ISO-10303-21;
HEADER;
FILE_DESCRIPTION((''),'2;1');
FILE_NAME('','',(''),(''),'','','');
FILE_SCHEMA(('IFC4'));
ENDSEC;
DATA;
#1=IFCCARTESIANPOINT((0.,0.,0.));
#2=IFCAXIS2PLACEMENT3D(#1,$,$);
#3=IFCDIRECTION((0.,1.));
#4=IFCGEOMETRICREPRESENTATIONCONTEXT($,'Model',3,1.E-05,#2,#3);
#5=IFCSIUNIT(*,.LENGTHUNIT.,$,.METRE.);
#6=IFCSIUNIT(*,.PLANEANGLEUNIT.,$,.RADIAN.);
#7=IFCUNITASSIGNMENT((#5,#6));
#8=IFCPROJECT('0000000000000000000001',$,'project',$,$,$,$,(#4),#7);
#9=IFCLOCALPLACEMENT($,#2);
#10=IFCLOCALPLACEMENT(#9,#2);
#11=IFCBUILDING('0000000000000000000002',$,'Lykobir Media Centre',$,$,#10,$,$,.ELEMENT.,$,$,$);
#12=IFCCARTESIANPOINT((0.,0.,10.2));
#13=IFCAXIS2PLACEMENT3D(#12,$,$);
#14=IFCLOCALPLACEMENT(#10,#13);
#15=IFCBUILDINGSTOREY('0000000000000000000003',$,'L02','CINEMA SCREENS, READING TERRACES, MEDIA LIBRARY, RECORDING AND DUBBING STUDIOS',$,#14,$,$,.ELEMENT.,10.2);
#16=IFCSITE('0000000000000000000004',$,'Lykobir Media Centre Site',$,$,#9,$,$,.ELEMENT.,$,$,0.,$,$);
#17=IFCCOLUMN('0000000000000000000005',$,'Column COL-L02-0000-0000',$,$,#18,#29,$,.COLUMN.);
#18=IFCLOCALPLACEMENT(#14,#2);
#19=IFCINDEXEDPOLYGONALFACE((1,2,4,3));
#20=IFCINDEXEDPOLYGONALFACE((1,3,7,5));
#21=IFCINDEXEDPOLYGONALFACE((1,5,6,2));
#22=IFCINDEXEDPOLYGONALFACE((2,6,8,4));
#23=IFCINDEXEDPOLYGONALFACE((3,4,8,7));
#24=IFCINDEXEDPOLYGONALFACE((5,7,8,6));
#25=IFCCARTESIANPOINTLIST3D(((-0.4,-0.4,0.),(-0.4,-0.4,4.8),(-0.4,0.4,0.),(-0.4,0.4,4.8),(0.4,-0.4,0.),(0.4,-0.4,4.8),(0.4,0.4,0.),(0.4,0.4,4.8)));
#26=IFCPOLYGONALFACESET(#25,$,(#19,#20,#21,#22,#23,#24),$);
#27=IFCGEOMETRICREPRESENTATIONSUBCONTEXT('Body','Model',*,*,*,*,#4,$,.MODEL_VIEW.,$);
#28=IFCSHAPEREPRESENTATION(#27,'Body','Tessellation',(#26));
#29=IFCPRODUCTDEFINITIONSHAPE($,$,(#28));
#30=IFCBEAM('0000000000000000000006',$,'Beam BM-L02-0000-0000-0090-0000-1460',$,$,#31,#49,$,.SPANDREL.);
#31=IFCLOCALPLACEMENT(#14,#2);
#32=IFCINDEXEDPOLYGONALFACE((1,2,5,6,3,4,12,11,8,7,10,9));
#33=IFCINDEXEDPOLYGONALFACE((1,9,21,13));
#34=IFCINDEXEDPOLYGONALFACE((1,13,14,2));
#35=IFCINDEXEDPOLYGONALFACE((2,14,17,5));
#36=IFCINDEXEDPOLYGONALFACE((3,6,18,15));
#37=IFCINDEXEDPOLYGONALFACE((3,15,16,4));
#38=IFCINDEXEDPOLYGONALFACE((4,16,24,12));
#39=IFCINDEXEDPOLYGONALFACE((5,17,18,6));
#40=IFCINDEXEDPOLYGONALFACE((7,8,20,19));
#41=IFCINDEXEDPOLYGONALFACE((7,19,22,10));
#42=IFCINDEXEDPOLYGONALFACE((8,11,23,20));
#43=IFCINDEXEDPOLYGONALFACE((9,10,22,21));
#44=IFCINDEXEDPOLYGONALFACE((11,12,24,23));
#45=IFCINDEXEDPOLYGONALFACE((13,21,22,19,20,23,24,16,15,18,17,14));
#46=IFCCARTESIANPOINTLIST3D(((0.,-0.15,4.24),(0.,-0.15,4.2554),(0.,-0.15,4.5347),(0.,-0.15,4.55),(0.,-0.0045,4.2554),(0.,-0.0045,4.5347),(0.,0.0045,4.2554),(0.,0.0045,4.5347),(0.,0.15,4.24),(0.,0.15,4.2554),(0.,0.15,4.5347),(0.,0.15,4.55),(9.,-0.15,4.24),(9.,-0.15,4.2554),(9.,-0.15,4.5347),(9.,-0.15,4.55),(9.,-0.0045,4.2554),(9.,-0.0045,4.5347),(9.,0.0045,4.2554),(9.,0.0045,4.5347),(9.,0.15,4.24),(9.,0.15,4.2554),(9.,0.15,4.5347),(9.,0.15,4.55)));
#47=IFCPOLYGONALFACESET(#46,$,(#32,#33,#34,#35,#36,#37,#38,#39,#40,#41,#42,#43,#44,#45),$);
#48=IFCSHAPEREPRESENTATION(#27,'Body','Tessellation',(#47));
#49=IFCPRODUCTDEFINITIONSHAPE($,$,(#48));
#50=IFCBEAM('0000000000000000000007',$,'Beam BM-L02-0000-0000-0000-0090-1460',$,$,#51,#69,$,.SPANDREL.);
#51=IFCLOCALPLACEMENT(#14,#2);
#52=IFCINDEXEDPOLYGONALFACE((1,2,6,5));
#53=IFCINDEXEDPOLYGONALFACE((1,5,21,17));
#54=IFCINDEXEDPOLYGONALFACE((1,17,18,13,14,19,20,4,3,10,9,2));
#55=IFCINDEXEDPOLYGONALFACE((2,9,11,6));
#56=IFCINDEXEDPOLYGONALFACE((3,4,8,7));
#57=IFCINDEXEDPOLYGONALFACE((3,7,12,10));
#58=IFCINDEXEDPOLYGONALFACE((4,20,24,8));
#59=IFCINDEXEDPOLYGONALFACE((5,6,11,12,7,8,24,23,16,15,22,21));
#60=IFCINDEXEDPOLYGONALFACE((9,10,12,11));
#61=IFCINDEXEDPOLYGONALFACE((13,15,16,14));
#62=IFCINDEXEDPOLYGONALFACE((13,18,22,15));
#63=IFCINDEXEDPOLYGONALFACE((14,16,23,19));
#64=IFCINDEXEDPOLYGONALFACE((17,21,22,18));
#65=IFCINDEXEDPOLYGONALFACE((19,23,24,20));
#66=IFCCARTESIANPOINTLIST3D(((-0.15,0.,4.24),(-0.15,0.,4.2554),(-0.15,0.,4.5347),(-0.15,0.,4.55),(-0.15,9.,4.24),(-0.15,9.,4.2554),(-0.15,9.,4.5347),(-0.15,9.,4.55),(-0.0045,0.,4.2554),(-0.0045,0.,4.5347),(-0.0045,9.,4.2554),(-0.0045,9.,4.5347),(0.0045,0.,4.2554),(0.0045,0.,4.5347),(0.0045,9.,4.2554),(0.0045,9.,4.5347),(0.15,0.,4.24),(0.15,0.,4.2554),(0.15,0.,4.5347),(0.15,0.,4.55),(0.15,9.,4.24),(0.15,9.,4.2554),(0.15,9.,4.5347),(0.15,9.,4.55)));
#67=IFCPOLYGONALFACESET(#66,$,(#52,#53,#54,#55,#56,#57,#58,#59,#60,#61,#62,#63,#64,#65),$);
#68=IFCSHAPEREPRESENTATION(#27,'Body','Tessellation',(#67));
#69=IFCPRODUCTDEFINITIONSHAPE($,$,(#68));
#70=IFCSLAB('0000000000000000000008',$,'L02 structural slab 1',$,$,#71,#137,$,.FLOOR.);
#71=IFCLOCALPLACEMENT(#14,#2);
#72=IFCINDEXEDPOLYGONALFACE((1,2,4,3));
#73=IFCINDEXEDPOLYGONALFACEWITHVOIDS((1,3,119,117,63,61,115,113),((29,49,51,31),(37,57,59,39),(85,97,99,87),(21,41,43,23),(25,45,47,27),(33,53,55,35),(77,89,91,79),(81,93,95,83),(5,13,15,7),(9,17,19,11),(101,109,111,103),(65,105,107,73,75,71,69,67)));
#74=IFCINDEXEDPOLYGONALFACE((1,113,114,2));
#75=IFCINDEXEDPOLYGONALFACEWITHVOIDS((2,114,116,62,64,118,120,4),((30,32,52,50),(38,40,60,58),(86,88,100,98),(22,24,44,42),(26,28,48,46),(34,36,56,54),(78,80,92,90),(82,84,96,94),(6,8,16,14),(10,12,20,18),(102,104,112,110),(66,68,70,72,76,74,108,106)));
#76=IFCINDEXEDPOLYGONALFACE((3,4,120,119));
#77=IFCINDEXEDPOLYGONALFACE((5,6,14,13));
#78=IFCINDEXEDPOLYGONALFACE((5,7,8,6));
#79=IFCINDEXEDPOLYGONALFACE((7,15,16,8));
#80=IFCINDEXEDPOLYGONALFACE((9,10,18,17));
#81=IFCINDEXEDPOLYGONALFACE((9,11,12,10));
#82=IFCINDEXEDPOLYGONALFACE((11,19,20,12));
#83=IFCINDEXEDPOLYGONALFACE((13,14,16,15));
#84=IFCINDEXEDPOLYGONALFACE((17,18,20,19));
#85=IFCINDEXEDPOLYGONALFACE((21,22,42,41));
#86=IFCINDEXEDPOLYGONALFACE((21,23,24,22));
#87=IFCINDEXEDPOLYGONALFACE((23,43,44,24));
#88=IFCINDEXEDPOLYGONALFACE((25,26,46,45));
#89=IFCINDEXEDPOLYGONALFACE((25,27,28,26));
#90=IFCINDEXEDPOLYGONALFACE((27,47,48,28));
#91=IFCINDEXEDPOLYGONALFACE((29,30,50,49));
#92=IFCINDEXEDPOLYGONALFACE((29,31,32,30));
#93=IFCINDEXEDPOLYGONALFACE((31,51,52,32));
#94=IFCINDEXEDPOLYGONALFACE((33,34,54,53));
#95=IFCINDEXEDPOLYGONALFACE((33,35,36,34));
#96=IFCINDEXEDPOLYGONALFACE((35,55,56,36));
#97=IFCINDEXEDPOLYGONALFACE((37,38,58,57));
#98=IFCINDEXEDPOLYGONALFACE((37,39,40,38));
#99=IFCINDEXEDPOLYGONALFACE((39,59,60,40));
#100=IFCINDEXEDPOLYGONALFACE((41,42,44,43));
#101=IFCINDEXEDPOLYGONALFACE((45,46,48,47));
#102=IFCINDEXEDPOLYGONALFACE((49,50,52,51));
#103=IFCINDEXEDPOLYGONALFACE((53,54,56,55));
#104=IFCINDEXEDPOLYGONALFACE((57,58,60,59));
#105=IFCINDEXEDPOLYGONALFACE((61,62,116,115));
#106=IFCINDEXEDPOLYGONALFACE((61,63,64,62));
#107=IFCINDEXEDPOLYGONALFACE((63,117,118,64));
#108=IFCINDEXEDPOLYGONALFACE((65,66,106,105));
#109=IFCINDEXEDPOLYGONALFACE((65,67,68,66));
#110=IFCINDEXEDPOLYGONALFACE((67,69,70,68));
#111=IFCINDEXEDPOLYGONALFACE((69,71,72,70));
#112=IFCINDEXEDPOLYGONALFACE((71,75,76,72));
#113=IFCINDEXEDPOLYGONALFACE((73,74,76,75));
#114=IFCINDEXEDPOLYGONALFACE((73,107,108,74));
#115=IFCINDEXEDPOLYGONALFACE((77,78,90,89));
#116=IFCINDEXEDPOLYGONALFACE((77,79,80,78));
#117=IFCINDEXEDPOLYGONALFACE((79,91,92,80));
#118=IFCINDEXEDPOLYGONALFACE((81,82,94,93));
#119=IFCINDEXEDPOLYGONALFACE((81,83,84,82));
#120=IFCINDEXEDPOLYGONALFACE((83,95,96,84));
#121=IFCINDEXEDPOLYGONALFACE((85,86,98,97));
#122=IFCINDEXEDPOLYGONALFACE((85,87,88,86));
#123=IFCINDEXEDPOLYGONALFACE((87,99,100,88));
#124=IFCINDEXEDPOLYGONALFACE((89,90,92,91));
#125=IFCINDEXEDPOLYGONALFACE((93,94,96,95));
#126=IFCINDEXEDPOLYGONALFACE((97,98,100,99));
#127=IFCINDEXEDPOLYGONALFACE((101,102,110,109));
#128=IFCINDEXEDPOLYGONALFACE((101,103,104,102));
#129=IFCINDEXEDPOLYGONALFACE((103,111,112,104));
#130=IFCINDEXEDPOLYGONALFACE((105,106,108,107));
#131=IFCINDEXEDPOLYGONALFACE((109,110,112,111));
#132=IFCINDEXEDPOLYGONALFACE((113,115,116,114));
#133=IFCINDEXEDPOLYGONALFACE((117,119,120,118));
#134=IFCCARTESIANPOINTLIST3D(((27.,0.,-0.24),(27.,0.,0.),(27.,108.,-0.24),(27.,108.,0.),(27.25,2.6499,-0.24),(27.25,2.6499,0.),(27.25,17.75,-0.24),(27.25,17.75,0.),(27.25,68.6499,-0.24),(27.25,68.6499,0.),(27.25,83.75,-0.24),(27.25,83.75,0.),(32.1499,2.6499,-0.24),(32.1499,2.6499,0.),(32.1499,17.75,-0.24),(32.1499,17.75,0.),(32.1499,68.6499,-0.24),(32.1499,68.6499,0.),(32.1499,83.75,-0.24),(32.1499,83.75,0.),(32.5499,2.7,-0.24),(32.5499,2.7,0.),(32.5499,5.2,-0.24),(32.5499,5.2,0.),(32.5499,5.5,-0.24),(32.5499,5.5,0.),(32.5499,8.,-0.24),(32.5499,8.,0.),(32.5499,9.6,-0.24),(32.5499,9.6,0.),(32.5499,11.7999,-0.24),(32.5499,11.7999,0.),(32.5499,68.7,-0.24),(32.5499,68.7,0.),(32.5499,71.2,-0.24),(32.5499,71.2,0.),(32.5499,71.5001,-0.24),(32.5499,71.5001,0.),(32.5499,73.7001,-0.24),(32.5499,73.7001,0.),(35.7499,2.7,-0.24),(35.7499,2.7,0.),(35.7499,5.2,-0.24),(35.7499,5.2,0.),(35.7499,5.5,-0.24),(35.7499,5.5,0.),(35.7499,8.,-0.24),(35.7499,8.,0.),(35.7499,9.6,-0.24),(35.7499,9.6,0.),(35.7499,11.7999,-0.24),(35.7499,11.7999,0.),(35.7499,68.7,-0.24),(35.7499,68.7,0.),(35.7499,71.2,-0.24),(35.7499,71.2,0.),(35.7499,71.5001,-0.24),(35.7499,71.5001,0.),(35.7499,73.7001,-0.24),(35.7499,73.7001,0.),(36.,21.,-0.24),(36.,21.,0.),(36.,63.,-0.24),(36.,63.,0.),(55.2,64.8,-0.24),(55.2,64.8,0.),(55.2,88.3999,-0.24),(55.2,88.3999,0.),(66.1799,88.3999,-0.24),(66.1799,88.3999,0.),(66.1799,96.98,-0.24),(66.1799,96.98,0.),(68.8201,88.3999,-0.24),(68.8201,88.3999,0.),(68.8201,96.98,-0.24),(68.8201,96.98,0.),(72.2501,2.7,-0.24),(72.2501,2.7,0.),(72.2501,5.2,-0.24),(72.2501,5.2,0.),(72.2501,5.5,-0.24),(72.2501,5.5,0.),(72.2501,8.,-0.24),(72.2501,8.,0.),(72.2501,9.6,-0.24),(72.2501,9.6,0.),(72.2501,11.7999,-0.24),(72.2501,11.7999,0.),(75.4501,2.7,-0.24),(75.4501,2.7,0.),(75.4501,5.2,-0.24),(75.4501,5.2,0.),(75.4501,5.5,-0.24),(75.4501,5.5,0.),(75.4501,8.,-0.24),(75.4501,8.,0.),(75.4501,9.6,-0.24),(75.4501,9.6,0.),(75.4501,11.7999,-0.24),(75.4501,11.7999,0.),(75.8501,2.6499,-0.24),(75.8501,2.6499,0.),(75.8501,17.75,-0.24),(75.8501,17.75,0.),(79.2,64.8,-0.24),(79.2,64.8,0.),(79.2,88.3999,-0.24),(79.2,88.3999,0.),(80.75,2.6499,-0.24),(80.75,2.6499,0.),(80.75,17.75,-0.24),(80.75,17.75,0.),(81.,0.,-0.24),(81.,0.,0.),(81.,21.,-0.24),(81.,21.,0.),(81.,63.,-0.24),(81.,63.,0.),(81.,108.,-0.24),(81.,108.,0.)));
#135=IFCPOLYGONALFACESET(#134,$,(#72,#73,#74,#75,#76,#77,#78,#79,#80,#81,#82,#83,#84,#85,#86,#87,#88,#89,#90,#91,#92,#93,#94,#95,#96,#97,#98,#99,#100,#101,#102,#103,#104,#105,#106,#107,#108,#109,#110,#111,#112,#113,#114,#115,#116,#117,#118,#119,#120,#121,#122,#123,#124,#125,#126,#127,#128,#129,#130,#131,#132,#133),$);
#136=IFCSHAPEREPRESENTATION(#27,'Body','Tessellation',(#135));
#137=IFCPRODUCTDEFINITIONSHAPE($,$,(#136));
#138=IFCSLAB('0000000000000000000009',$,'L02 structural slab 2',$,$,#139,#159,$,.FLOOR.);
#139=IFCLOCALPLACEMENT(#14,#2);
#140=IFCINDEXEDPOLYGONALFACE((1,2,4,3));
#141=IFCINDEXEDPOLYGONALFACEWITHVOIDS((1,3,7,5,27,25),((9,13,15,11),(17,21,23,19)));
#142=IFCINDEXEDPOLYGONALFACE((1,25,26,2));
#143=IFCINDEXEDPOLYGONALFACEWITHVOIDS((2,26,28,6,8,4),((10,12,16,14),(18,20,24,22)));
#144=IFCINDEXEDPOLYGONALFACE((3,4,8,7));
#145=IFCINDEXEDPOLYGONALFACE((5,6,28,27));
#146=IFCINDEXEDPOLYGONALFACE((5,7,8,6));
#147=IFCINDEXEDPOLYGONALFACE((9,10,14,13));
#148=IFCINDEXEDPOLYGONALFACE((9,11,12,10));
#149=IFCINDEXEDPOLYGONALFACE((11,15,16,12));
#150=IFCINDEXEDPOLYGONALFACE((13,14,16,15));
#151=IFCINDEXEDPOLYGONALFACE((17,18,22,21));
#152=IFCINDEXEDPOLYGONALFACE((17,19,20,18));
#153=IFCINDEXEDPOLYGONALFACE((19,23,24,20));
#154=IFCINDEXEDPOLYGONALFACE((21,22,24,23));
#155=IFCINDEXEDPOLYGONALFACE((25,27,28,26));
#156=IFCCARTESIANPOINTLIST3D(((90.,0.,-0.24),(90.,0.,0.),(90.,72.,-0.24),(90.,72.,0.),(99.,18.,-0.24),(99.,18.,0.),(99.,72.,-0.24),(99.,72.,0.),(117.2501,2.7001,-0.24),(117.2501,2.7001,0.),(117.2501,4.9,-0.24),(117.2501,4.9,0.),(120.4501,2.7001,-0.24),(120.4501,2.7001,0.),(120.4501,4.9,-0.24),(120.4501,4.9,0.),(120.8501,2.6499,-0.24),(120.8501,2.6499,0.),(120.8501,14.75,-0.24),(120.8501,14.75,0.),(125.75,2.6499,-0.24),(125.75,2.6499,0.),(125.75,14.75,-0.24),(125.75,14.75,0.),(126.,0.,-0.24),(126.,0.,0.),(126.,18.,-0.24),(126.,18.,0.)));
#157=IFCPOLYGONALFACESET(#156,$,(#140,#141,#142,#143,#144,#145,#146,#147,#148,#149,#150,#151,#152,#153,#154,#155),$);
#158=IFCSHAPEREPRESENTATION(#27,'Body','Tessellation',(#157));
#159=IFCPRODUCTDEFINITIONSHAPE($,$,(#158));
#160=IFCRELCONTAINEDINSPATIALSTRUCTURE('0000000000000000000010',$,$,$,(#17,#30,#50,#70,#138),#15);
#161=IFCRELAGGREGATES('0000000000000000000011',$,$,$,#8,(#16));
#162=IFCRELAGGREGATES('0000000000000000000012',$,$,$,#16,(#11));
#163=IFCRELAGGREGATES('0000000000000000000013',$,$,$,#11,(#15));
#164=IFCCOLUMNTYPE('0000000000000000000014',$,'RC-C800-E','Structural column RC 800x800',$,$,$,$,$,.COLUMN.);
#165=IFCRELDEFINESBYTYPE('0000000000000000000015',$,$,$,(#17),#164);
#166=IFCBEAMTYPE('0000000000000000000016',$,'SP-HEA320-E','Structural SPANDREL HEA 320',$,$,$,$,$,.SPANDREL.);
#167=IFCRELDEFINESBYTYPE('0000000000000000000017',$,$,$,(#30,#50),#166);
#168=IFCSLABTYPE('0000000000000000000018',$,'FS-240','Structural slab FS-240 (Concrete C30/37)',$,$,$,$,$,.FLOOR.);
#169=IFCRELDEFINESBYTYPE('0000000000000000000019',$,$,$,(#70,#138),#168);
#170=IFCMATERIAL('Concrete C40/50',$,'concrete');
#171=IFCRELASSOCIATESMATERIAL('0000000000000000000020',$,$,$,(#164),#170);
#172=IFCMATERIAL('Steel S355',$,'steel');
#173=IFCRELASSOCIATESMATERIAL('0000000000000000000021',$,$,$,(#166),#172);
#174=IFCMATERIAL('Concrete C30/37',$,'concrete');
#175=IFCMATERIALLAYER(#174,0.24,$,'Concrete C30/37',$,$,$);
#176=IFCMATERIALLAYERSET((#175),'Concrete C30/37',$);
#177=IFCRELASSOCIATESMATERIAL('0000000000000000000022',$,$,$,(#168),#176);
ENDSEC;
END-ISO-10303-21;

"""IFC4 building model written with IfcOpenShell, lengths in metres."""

from ifc_helpers import new_model, si_unit, direction, frame, origin, origin_with_axes, origin_2d, place, context, subcontext, project, spatial, polyline, rectangle, i_section, outline, extrude, material, layer, layer_set, material_profile, profile_set, type_object, element, save


model = new_model("IFC4")

# Units and contexts
model_context = context("Model", 3, precision=1e-05, world=origin(), true_north=direction((0.0, 1.0)))
body_context = subcontext(model_context, "Body", "Model", "MODEL_VIEW")
ifc_project = project(units=[si_unit("LENGTHUNIT", "METRE"), si_unit("PLANEANGLEUNIT", "RADIAN")], contexts=[model_context])

# Site, building, storey
site_placement = place(None, origin())
site = spatial("IfcSite", under=ifc_project, at=site_placement, Name="Lykobir Media Centre Site", CompositionType="ELEMENT", RefElevation=0.0)
building_placement = place(site_placement, origin())
building = spatial("IfcBuilding", under=site, at=building_placement, Name="Lykobir Media Centre", CompositionType="ELEMENT")
storey_placement = place(building_placement, frame((0.0, 0.0, 10.2)))
storey = spatial("IfcBuildingStorey", under=building, at=storey_placement, Name="L02", Description="CINEMA SCREENS, READING TERRACES, MEDIA LIBRARY, RECORDING AND DUBBING STUDIOS", CompositionType="ELEMENT", Elevation=10.2)

# Column
ifc_material_1 = material(Name="Concrete C40/50", Category="concrete")
ifc_material_profile_1 = material_profile(ifc_material_1, rectangle(XDim=0.8, YDim=0.8, at=origin_2d()), Name="RC 800x800")
ifc_profile_set_1 = profile_set([ifc_material_profile_1], Name="Concrete C40/50")
column_type = type_object("IfcColumnType", Name="RC-C800-E", Description="Structural column RC 800x800", PredefinedType="COLUMN", material=ifc_profile_set_1)
column_placement = place(storey_placement, origin_with_axes())
element("IfcColumn", 1, at=column_placement, inside=storey, type_object=column_type, Name="Column COL-L02-0000-0000", PredefinedType="COLUMN", context=body_context, shape_type="SweptSolid", body=[
    extrude(rectangle(XDim=0.8, YDim=0.8, at=origin_2d()), origin(), (0.0, 0.0, 1.0), 4.8),
])

# Beams
ifc_material_2 = material(Name="Steel S355", Category="steel")
ifc_material_profile_2 = material_profile(ifc_material_2, i_section(OverallWidth=0.3, OverallDepth=0.3101, WebThickness=0.009, FlangeThickness=0.0154, at=origin_2d()), Name="HEA 320")
ifc_profile_set_2 = profile_set([ifc_material_profile_2], Name="Steel S355")
beam_type = type_object("IfcBeamType", Name="SP-HEA320-E", Description="Structural SPANDREL HEA 320", PredefinedType="SPANDREL", material=ifc_profile_set_2)
for number, where, z_axis, x_axis, name in (
    (2, (0.0, 0.0, 4.395), (1.0, 0.0, 0.0), (0.0, 1.0, 0.0), "Beam BM-L02-0000-0000-0090-0000-1460"),
    (3, (0.0, 0.0, 4.395), (0.0, 1.0, 0.0), (-1.0, 0.0, 0.0), "Beam BM-L02-0000-0000-0000-0090-1460"),
):
    element("IfcBeam", number, at=place(storey_placement, frame(where, z_axis=z_axis, x_axis=x_axis)), inside=storey, type_object=beam_type, Name=name, PredefinedType="SPANDREL", context=body_context, shape_type="SweptSolid", body=[
        extrude(i_section(OverallWidth=0.3, OverallDepth=0.3101, WebThickness=0.009, FlangeThickness=0.0154, at=origin_2d()), origin(), (0.0, 0.0, 1.0), 9.0),
    ])

# Slab, openings
ifc_material_3 = material(Name="Concrete C30/37", Category="concrete")
ifc_layer_1 = layer(ifc_material_3, 0.24, Name="Concrete C30/37")
ifc_layer_set_1 = layer_set([ifc_layer_1], Name="Concrete C30/37")
slab_type_1 = type_object("IfcSlabType", Name="FS-240", Description="Structural slab FS-240 (Concrete C30/37)", PredefinedType="FLOOR", material=ifc_layer_set_1)
slab_1_placement = place(storey_placement, frame((0.0, 0.0, -0.24)))
slab_1 = element("IfcSlab", 4, at=slab_1_placement, inside=storey, type_object=slab_type_1, Name="L02 structural slab 1", PredefinedType="FLOOR", context=body_context, shape_type="SweptSolid", body=[
    extrude(outline(polyline([(36.0, 63.0), (81.0, 63.0), (81.0, 108.0), (27.0, 108.0), (27.0, 63.0), (27.0, 21.0), (27.0, 0.0), (81.0, 0.0), (81.0, 21.0), (36.0, 21.0), (36.0, 63.0)]), holes=[polyline([(32.1499, 2.6499), (27.25, 2.6499), (27.25, 17.75), (32.1499, 17.75), (32.1499, 2.6499)]), polyline([(80.75, 2.6499), (75.8501, 2.6499), (75.8501, 17.75), (80.75, 17.75), (80.75, 2.6499)]), polyline([(32.1499, 68.6499), (27.25, 68.6499), (27.25, 83.75), (32.1499, 83.75), (32.1499, 68.6499)]), polyline([(79.2, 64.8), (55.2, 64.8), (55.2, 88.3999), (66.1799, 88.3999), (66.1799, 96.98), (68.8201, 96.98), (68.8201, 88.3999), (79.2, 88.3999), (79.2, 64.8)])]), origin(), (0.0, 0.0, 1.0), 0.24),
])
opening_1_placement = place(slab_1_placement, frame((34.1499, 3.95, 0.0)))
element("IfcOpeningElement", 5, at=opening_1_placement, cuts=slab_1, PredefinedType="OPENING", context=body_context, shape_type="SweptSolid", body=[
    extrude(rectangle(XDim=3.2, YDim=2.5, at=origin_2d()), origin(), (0.0, 0.0, 1.0), 0.24),
])
opening_2_placement = place(slab_1_placement, frame((34.1499, 6.75, 0.0)))
element("IfcOpeningElement", 6, at=opening_2_placement, cuts=slab_1, PredefinedType="OPENING", context=body_context, shape_type="SweptSolid", body=[
    extrude(rectangle(XDim=3.2, YDim=2.5, at=origin_2d()), origin(), (0.0, 0.0, 1.0), 0.24),
])
opening_3_placement = place(slab_1_placement, frame((34.1499, 10.7, 0.0)))
element("IfcOpeningElement", 7, at=opening_3_placement, cuts=slab_1, PredefinedType="OPENING", context=body_context, shape_type="SweptSolid", body=[
    extrude(rectangle(XDim=3.2, YDim=2.2, at=origin_2d()), origin(), (0.0, 0.0, 1.0), 0.24),
])
opening_4_placement = place(slab_1_placement, frame((73.8501, 3.95, 0.0)))
element("IfcOpeningElement", 8, at=opening_4_placement, cuts=slab_1, PredefinedType="OPENING", context=body_context, shape_type="SweptSolid", body=[
    extrude(rectangle(XDim=3.2, YDim=2.5, at=origin_2d()), origin(), (0.0, 0.0, 1.0), 0.24),
])
opening_5_placement = place(slab_1_placement, frame((73.8501, 6.75, 0.0)))
element("IfcOpeningElement", 9, at=opening_5_placement, cuts=slab_1, PredefinedType="OPENING", context=body_context, shape_type="SweptSolid", body=[
    extrude(rectangle(XDim=3.2, YDim=2.5, at=origin_2d()), origin(), (0.0, 0.0, 1.0), 0.24),
])
opening_6_placement = place(slab_1_placement, frame((73.8501, 10.7, 0.0)))
element("IfcOpeningElement", 10, at=opening_6_placement, cuts=slab_1, PredefinedType="OPENING", context=body_context, shape_type="SweptSolid", body=[
    extrude(rectangle(XDim=3.2, YDim=2.2, at=origin_2d()), origin(), (0.0, 0.0, 1.0), 0.24),
])
opening_7_placement = place(slab_1_placement, frame((34.1499, 69.95, 0.0)))
element("IfcOpeningElement", 11, at=opening_7_placement, cuts=slab_1, PredefinedType="OPENING", context=body_context, shape_type="SweptSolid", body=[
    extrude(rectangle(XDim=3.2, YDim=2.5, at=origin_2d()), origin(), (0.0, 0.0, 1.0), 0.24),
])
opening_8_placement = place(slab_1_placement, frame((34.1499, 72.6001, 0.0)))
element("IfcOpeningElement", 12, at=opening_8_placement, cuts=slab_1, PredefinedType="OPENING", context=body_context, shape_type="SweptSolid", body=[
    extrude(rectangle(XDim=3.2, YDim=2.2, at=origin_2d()), origin(), (0.0, 0.0, 1.0), 0.24),
])

# Slab, opening
slab_2_placement = place(storey_placement, frame((0.0, 0.0, -0.24)))
slab_2 = element("IfcSlab", 13, at=slab_2_placement, inside=storey, type_object=slab_type_1, Name="L02 structural slab 2", PredefinedType="FLOOR", context=body_context, shape_type="SweptSolid", body=[
    extrude(outline(polyline([(99.0, 18.0), (99.0, 72.0), (90.0, 72.0), (90.0, 18.0), (90.0, 0.0), (126.0, 0.0), (126.0, 18.0), (99.0, 18.0)]), holes=[polyline([(125.75, 2.6499), (120.8501, 2.6499), (120.8501, 14.75), (125.75, 14.75), (125.75, 2.6499)])]), origin(), (0.0, 0.0, 1.0), 0.24),
])
opening_9_placement = place(slab_2_placement, frame((118.8501, 3.8, 0.0)))
element("IfcOpeningElement", 14, at=opening_9_placement, cuts=slab_2, PredefinedType="OPENING", context=body_context, shape_type="SweptSolid", body=[
    extrude(rectangle(XDim=3.2, YDim=2.2, at=origin_2d()), origin(), (0.0, 0.0, 1.0), 0.24),
])

save(model, "model.ifc")
